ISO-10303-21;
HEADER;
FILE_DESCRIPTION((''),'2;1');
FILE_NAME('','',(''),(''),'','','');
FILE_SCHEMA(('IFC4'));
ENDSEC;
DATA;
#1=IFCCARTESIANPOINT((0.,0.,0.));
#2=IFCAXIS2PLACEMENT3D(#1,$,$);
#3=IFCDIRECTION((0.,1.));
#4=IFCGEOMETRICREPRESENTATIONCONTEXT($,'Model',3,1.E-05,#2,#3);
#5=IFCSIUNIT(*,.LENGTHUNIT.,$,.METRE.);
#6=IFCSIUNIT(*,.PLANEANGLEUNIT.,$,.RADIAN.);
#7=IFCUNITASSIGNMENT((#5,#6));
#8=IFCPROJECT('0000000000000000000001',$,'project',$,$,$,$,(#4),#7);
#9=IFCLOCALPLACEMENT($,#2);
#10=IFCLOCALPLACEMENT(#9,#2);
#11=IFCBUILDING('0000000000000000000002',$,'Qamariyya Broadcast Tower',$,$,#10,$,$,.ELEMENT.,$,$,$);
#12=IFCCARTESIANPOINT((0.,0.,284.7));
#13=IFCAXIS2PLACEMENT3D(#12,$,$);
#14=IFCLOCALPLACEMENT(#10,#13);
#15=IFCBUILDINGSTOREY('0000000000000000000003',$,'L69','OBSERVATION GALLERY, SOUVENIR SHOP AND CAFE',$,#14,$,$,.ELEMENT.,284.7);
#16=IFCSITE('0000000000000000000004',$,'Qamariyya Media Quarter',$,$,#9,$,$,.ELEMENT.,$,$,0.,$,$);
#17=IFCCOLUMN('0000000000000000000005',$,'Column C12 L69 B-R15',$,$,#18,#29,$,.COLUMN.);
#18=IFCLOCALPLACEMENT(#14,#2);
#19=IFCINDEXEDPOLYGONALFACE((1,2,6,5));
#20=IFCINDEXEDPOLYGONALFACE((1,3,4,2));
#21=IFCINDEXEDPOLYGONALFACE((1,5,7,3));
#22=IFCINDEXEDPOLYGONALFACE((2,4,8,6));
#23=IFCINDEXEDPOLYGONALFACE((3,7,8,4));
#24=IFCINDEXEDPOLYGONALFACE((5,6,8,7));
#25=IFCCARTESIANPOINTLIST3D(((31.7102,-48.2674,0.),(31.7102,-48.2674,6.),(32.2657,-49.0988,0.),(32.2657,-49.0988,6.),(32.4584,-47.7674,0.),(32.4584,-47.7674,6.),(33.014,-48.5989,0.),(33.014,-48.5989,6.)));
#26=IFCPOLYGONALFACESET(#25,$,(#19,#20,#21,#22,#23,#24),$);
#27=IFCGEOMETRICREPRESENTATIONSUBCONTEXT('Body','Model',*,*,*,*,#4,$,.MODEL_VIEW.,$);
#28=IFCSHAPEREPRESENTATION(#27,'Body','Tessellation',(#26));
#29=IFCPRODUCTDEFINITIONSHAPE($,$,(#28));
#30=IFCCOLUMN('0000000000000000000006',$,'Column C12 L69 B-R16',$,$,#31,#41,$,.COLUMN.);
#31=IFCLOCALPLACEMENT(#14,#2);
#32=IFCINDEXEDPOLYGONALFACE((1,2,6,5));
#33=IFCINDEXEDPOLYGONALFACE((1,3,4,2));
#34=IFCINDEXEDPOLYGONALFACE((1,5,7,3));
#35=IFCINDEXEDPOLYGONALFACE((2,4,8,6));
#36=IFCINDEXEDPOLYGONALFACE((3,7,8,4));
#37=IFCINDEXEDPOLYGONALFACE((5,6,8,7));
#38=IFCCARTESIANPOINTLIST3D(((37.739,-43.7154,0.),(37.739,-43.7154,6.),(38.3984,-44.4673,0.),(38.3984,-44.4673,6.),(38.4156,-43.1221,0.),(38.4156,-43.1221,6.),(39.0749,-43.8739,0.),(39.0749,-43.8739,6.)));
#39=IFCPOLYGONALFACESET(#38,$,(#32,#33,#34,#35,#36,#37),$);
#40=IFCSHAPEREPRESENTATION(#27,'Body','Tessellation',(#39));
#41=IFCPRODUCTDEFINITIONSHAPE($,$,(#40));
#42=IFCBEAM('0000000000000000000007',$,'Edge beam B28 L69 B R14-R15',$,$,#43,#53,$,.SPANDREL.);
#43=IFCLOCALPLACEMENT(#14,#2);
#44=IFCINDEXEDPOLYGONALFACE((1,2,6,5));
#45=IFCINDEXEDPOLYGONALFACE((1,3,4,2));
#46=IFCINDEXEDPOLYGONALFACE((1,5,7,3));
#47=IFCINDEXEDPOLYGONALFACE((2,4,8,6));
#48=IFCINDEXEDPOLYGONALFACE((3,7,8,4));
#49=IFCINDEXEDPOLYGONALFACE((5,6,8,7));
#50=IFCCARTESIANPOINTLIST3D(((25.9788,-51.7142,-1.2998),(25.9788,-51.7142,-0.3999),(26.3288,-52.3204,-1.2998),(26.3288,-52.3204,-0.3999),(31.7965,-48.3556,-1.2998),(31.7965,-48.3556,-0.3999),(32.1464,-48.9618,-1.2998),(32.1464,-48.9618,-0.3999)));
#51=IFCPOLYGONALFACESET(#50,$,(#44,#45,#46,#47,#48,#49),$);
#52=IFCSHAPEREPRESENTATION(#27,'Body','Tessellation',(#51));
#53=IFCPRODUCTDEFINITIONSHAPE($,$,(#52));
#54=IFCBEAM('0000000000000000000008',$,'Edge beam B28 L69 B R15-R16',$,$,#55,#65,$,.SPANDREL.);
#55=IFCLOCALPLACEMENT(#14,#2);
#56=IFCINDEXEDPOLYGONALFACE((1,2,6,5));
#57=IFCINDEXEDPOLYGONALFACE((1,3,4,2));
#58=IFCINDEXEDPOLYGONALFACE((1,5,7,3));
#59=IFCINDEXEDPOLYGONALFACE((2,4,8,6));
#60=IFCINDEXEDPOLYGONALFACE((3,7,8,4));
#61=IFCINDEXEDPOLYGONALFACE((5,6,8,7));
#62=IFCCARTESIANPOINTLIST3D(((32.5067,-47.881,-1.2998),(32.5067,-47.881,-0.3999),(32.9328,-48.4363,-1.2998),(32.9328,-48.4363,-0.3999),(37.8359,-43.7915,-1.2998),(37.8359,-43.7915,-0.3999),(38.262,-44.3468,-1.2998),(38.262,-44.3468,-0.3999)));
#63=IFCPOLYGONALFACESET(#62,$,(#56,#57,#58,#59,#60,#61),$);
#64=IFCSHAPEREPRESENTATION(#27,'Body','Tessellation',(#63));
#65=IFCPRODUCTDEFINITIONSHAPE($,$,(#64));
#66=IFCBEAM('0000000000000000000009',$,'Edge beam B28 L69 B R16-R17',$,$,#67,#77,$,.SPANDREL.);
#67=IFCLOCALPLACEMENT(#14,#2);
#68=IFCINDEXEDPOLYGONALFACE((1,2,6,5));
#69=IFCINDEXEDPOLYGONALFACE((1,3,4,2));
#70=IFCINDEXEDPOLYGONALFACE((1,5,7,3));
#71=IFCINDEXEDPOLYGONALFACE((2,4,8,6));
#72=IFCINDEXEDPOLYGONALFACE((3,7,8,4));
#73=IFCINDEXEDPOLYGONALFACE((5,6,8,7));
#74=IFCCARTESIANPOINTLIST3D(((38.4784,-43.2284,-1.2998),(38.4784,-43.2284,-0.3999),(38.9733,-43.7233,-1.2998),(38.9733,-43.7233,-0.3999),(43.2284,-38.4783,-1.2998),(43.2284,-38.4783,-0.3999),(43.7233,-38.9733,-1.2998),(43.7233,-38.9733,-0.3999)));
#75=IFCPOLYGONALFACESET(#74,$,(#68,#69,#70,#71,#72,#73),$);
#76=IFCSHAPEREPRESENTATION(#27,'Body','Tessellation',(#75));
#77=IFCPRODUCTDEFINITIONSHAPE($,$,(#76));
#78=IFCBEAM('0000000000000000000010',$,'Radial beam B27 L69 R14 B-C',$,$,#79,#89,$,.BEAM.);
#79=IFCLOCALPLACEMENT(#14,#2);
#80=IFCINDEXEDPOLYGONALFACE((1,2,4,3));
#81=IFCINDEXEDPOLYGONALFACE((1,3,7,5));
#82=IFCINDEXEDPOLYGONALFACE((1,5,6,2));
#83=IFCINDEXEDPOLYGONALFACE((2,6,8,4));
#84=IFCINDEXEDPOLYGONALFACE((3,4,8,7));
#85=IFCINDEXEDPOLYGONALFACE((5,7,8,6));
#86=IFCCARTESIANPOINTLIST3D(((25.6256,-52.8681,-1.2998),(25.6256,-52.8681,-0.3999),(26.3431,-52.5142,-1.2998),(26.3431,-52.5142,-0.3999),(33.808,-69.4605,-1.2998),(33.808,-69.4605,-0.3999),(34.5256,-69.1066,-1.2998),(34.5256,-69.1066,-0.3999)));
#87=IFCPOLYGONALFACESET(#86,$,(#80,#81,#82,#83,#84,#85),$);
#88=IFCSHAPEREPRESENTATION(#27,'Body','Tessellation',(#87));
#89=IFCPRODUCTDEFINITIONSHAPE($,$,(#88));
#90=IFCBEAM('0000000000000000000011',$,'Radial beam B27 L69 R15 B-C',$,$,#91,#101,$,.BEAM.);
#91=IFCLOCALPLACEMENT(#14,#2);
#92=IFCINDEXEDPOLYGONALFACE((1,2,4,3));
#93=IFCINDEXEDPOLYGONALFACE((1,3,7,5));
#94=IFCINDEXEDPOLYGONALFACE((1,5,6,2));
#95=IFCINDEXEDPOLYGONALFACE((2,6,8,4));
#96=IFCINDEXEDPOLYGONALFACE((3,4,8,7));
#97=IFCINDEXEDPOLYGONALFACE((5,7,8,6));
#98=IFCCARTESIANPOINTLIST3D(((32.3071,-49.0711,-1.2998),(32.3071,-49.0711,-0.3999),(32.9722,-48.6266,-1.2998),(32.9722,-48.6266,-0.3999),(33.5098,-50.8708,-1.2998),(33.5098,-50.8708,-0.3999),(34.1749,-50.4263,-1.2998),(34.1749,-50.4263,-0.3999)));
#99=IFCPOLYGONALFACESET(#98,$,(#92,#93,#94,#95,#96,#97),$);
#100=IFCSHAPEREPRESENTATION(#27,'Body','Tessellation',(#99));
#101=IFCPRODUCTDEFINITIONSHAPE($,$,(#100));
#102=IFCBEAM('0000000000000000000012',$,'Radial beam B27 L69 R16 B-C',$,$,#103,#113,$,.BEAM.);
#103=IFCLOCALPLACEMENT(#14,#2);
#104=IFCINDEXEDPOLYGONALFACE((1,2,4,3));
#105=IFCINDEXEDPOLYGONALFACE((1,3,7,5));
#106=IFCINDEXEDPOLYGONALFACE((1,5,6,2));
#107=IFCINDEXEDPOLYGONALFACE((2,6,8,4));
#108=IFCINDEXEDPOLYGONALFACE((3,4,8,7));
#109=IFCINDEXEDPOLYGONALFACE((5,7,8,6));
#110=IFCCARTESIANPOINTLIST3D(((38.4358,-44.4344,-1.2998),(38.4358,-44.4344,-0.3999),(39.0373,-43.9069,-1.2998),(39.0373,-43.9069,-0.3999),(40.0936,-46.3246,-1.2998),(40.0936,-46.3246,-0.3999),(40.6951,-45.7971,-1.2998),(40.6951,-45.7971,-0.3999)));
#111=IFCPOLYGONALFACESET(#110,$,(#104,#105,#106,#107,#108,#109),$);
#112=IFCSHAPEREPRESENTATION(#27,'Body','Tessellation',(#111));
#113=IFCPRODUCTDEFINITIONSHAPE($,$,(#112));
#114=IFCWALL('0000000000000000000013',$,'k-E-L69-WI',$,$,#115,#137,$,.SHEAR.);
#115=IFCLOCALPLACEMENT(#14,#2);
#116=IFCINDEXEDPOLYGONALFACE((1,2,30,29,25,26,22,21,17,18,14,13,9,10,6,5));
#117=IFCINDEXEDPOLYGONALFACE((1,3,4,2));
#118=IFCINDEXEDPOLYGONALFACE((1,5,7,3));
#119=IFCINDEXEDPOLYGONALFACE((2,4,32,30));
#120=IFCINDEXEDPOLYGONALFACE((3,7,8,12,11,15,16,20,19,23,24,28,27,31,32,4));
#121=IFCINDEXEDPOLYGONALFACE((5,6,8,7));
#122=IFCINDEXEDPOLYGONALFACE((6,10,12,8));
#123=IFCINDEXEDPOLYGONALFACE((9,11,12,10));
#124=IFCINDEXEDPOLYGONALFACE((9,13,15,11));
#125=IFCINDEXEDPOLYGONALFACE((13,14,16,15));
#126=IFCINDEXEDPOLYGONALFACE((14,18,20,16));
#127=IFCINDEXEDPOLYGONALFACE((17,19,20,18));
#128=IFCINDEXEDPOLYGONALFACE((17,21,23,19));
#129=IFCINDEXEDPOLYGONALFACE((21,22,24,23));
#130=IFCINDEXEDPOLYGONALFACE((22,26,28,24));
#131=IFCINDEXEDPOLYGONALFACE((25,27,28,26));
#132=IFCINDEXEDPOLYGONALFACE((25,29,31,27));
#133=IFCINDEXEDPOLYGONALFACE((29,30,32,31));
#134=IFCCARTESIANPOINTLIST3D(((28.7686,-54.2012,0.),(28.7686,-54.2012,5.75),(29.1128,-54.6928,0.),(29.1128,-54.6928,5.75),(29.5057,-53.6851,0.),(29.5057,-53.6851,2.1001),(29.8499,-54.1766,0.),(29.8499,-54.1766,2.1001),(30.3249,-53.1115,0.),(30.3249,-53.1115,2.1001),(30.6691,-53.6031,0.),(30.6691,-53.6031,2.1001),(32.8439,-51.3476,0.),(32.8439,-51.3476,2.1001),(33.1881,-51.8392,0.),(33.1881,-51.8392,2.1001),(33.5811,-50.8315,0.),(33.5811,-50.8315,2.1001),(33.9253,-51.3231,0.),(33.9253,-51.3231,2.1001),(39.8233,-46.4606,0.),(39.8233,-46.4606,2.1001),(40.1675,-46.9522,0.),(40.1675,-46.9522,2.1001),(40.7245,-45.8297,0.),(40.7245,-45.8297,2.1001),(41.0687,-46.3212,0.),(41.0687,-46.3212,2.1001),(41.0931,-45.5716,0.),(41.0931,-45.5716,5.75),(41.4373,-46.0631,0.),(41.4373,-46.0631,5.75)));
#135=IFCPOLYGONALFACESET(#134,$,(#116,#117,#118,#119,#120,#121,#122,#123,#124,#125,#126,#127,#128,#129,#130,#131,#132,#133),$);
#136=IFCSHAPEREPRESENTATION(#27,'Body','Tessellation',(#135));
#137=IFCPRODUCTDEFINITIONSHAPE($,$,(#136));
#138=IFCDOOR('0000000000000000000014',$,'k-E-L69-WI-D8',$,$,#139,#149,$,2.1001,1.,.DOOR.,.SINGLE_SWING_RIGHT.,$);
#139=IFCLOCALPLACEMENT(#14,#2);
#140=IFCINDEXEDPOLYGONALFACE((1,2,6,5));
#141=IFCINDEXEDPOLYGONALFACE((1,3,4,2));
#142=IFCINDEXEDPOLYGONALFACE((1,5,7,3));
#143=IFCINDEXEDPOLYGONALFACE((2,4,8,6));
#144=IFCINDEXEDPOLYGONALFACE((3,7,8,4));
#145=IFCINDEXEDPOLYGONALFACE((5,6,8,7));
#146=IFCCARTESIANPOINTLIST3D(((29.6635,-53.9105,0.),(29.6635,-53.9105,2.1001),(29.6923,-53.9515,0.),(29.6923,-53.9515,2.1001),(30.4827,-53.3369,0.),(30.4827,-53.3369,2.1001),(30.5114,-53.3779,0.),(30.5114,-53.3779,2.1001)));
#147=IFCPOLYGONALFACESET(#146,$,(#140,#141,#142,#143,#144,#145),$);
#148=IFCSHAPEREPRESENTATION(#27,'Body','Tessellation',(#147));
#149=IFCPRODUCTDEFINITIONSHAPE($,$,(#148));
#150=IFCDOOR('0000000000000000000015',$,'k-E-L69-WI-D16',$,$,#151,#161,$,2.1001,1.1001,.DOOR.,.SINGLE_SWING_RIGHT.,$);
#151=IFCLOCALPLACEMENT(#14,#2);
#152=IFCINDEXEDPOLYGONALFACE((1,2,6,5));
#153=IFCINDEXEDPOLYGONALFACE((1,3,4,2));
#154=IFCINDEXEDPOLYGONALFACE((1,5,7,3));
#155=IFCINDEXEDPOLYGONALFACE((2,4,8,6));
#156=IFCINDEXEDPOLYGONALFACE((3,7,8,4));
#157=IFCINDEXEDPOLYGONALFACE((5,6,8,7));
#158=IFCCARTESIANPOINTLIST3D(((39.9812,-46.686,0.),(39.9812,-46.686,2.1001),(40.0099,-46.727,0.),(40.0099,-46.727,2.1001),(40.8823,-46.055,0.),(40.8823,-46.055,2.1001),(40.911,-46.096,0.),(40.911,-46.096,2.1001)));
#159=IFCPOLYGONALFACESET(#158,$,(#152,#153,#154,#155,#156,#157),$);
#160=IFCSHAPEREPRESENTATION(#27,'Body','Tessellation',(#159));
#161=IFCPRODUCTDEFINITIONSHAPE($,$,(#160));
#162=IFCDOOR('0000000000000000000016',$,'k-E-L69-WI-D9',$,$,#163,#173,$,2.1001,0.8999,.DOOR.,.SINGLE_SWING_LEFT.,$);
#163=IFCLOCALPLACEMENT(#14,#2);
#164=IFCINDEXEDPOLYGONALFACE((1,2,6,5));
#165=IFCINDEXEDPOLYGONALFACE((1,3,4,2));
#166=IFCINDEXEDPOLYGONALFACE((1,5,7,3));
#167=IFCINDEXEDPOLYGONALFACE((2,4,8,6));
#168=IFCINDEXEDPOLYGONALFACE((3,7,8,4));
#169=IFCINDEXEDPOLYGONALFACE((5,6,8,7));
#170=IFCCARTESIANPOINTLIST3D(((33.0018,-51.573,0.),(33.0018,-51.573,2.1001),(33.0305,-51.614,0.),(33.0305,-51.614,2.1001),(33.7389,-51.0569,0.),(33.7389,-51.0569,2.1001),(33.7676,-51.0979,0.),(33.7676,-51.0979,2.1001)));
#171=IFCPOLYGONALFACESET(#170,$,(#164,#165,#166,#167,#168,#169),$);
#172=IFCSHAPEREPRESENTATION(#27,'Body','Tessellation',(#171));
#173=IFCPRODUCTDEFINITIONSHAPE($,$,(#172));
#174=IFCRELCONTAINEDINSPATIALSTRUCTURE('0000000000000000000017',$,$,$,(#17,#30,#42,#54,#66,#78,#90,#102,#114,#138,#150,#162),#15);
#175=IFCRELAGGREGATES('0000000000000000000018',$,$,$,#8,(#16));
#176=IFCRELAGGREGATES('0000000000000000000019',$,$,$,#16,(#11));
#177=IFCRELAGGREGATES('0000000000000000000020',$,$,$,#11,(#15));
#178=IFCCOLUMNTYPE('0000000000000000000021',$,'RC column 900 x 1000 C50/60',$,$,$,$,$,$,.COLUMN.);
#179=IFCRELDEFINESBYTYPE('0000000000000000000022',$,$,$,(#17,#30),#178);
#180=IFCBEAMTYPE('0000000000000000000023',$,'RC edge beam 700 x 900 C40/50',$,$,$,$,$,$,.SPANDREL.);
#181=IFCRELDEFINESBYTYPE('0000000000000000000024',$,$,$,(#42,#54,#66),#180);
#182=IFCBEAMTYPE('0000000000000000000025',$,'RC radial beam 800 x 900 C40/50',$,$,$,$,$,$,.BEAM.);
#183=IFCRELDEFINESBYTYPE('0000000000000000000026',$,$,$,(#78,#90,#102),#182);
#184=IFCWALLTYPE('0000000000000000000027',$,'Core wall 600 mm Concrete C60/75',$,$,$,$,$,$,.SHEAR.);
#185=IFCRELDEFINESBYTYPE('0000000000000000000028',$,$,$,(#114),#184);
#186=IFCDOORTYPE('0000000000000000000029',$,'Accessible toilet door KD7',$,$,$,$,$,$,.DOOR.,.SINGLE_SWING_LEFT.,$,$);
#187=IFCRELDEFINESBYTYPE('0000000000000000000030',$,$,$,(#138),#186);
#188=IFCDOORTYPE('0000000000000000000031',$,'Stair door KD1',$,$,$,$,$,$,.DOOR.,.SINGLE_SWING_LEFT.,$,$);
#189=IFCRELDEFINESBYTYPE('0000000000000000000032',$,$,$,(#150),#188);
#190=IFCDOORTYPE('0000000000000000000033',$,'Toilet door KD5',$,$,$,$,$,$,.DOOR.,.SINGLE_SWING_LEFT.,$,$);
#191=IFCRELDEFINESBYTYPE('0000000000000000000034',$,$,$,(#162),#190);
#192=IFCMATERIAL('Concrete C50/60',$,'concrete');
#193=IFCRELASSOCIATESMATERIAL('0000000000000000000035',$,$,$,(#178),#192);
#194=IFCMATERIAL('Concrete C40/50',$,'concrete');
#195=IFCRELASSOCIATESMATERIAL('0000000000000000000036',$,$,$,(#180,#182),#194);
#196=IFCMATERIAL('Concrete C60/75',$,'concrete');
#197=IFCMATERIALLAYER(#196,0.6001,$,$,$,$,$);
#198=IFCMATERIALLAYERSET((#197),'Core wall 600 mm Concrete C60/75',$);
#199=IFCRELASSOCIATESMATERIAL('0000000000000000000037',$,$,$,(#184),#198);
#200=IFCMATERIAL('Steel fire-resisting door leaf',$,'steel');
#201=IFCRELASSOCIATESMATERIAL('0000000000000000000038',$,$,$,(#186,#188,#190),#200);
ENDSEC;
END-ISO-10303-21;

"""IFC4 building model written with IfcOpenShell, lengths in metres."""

from ifc_helpers import new_model, si_unit, direction, frame, frame_2d, origin, origin_2d, place, context, subcontext, project, spatial, rectangle, extrude, material, layer, layer_set, material_profile, profile_set, type_object, element, fill, save


model = new_model("IFC4")

# Units and contexts
model_context = context("Model", 3, precision=1e-05, world=origin(), true_north=direction((0.0, 1.0)))
body_context = subcontext(model_context, "Body", "Model", "MODEL_VIEW")
ifc_project = project(units=[si_unit("LENGTHUNIT", "METRE"), si_unit("PLANEANGLEUNIT", "RADIAN")], contexts=[model_context])

# Site, building, storey
site_placement = place(None, origin())
site = spatial("IfcSite", under=ifc_project, at=site_placement, Name="Qamariyya Media Quarter", CompositionType="ELEMENT", RefElevation=0.0)
building_placement = place(site_placement, origin())
building = spatial("IfcBuilding", under=site, at=building_placement, Name="Qamariyya Broadcast Tower", CompositionType="ELEMENT")
storey_placement = place(building_placement, frame((0.0, 0.0, 284.7)))
storey = spatial("IfcBuildingStorey", under=building, at=storey_placement, Name="L69", Description="OBSERVATION GALLERY, SOUVENIR SHOP AND CAFE", CompositionType="ELEMENT", Elevation=284.7)

# Columns
ifc_material_1 = material(Name="Concrete C50/60", Category="concrete")
ifc_material_profile_1 = material_profile(ifc_material_1, rectangle(XDim=0.8999, YDim=1.0, at=origin_2d()))
ifc_profile_set_1 = profile_set([ifc_material_profile_1], Name="Concrete C50/60")
column_type = type_object("IfcColumnType", Name="RC column 900 x 1000 C50/60", PredefinedType="COLUMN", material=ifc_profile_set_1)
for number, where, z_axis, x_axis, name in (
    (1, (32.3621, -48.4331, 0.0), (0.0, 0.0, 1.0), (0.83147, 0.55557, 0.0), "Column C12 L69 B-R15"),
    (2, (38.407, -43.7947, 0.0), (0.0, 0.0, 1.0), (0.75184, 0.659346, 0.0), "Column C12 L69 B-R16"),
):
    element("IfcColumn", number, at=place(storey_placement, frame(where, z_axis=z_axis, x_axis=x_axis)), inside=storey, type_object=column_type, Name=name, PredefinedType="COLUMN", context=body_context, shape_type="SweptSolid", body=[
        extrude(rectangle(XDim=0.8999, YDim=1.0, at=origin_2d()), origin(), (0.0, 0.0, 1.0), 6.0),
    ])

# Beams
ifc_material_2 = material(Name="Concrete C40/50", Category="concrete")
ifc_material_profile_2 = material_profile(ifc_material_2, rectangle(XDim=0.7, YDim=0.8999, at=origin_2d()))
ifc_profile_set_2 = profile_set([ifc_material_profile_2], Name="Concrete C40/50")
beam_type_1 = type_object("IfcBeamType", Name="RC edge beam 700 x 900 C40/50", PredefinedType="SPANDREL", material=ifc_profile_set_2)
for number, where, z_axis, x_axis, name in (
    (3, (26.1538, -52.0173, -0.8499), (0.866036, 0.499981, 0.0), (-0.499981, 0.866036, 0.0), "Edge beam B28 L69 B R14-R15"),
    (4, (32.7197, -48.1587, -0.8499), (0.793335, 0.608785, 0.0), (-0.608785, 0.793335, 0.0), "Edge beam B28 L69 B R15-R16"),
    (5, (38.7258, -43.4758, -0.8499), (0.707107, 0.707107, 0.0), (-0.707107, 0.707107, 0.0), "Edge beam B28 L69 B R16-R17"),
):
    element("IfcBeam", number, at=place(storey_placement, frame(where, z_axis=z_axis, x_axis=x_axis)), inside=storey, type_object=beam_type_1, Name=name, PredefinedType="SPANDREL", context=body_context, shape_type="SweptSolid", body=[
        extrude(rectangle(XDim=0.7, YDim=0.8999, at=origin_2d()), origin(), (0.0, 0.0, 1.0), 6.7175),
    ])
ifc_material_profile_3 = material_profile(ifc_material_2, rectangle(XDim=0.8, YDim=0.8999, at=origin_2d()))
ifc_profile_set_3 = profile_set([ifc_material_profile_3], Name="Concrete C40/50")
beam_type_2 = type_object("IfcBeamType", Name="RC radial beam 800 x 900 C40/50", PredefinedType="BEAM", material=ifc_profile_set_3)
beam_1_placement = place(storey_placement, frame((25.9844, -52.6912, -0.8499), z_axis=(0.442287, -0.896874, 0.0), x_axis=(0.896874, 0.442287, 0.0)))
element("IfcBeam", 6, at=beam_1_placement, inside=storey, type_object=beam_type_2, Name="Radial beam B27 L69 R14 B-C", PredefinedType="BEAM", context=body_context, shape_type="SweptSolid", body=[
    extrude(rectangle(XDim=0.8, YDim=0.8999, at=origin_2d()), origin(), (0.0, 0.0, 1.0), 18.5002),
])
beam_2_placement = place(storey_placement, frame((32.6396, -48.8489, -0.8499), z_axis=(0.555637, -0.831425, 0.0), x_axis=(0.831425, 0.555637, 0.0)))
element("IfcBeam", 7, at=beam_2_placement, inside=storey, type_object=beam_type_2, Name="Radial beam B27 L69 R15 B-C", PredefinedType="BEAM", context=body_context, shape_type="SweptSolid", body=[
    extrude(rectangle(XDim=0.8, YDim=0.8999, at=origin_2d()), origin(), (0.0, 0.0, 1.0), 2.1646),
])
beam_3_placement = place(storey_placement, frame((38.7366, -44.1707, -0.8499), z_axis=(0.65937, -0.751818, 0.0), x_axis=(0.751818, 0.65937, 0.0)))
element("IfcBeam", 8, at=beam_3_placement, inside=storey, type_object=beam_type_2, Name="Radial beam B27 L69 R16 B-C", PredefinedType="BEAM", context=body_context, shape_type="SweptSolid", body=[
    extrude(rectangle(XDim=0.8, YDim=0.8999, at=origin_2d()), origin(), (0.0, 0.0, 1.0), 2.5142),
])

# Wall, openings, doors
ifc_material_3 = material(Name="Concrete C60/75", Category="concrete")
ifc_layer_1 = layer(ifc_material_3, 0.6001)
ifc_layer_set_1 = layer_set([ifc_layer_1], Name="Core wall 600 mm Concrete C60/75")
wall_type_1 = type_object("IfcWallType", Name="Core wall 600 mm Concrete C60/75", PredefinedType="SHEAR", material=ifc_layer_set_1)
wall_1_placement = place(storey_placement, frame((28.9407, -54.447, 0.0), z_axis=(0.0, 0.0, 1.0), x_axis=(0.819153, 0.573575, 0.0)))
wall_1 = element("IfcWall", 9, at=wall_1_placement, inside=storey, type_object=wall_type_1, Name="k-E-L69-WI", PredefinedType="SHEAR", context=body_context, shape_type="SweptSolid", body=[
    extrude(rectangle(XDim=15.0454, YDim=0.6001, at=frame_2d((7.5227, 0.0))), origin(), (0.0, 0.0, 1.0), 5.75),
])
opening_1_placement = place(wall_1_placement, frame((0.8999, 0.0, 0.0)))
opening_1 = element("IfcOpeningElement", 10, at=opening_1_placement, cuts=wall_1, PredefinedType="OPENING", context=body_context, shape_type="SweptSolid", body=[
    extrude(rectangle(XDim=1.0, YDim=2.1001, at=frame_2d((0.5, 1.05))), frame((0.0, 0.3101, 0.0), z_axis=(0.0, -1.0, 0.0), x_axis=(1.0, 0.0, 0.0)), (0.0, 0.0, 1.0), 0.6201),
])
opening_2_placement = place(wall_1_placement, frame((4.9751, 0.0, 0.0)))
opening_2 = element("IfcOpeningElement", 11, at=opening_2_placement, cuts=wall_1, PredefinedType="OPENING", context=body_context, shape_type="SweptSolid", body=[
    extrude(rectangle(XDim=0.8999, YDim=2.1001, at=frame_2d((0.45, 1.05))), frame((0.0, 0.3101, 0.0), z_axis=(0.0, -1.0, 0.0), x_axis=(1.0, 0.0, 0.0)), (0.0, 0.0, 1.0), 0.6201),
])
opening_3_placement = place(wall_1_placement, frame((13.4954, 0.0, 0.0)))
opening_3 = element("IfcOpeningElement", 12, at=opening_3_placement, cuts=wall_1, PredefinedType="OPENING", context=body_context, shape_type="SweptSolid", body=[
    extrude(rectangle(XDim=1.1001, YDim=2.1001, at=frame_2d((0.55, 1.05))), frame((0.0, 0.3101, 0.0), z_axis=(0.0, -1.0, 0.0), x_axis=(1.0, 0.0, 0.0)), (0.0, 0.0, 1.0), 0.6201),
])
ifc_material_4 = material(Name="Steel fire-resisting door leaf", Category="steel")
door_type_1 = type_object("IfcDoorType", Name="Accessible toilet door KD7", OperationType="SINGLE_SWING_LEFT", PredefinedType="DOOR", material=ifc_material_4)
door_1_placement = place(opening_1_placement, origin())
door_1 = element("IfcDoor", 13, at=door_1_placement, inside=storey, type_object=door_type_1, Name="k-E-L69-WI-D8", OperationType="SINGLE_SWING_RIGHT", OverallHeight=2.1001, OverallWidth=1.0, PredefinedType="DOOR", context=body_context, shape_type="SweptSolid", body=[
    extrude(rectangle(XDim=1.0, YDim=2.1001, at=frame_2d((0.5, 1.05))), frame((0.0, 0.0249, 0.0), z_axis=(0.0, -1.0, 0.0), x_axis=(1.0, 0.0, 0.0)), (0.0, 0.0, 1.0), 0.05),
])
fill(opening_1, door_1)
door_type_2 = type_object("IfcDoorType", Name="Stair door KD1", OperationType="SINGLE_SWING_LEFT", PredefinedType="DOOR", material=ifc_material_4)
door_2_placement = place(opening_3_placement, origin())
door_2 = element("IfcDoor", 14, at=door_2_placement, inside=storey, type_object=door_type_2, Name="k-E-L69-WI-D16", OperationType="SINGLE_SWING_RIGHT", OverallHeight=2.1001, OverallWidth=1.1001, PredefinedType="DOOR", context=body_context, shape_type="SweptSolid", body=[
    extrude(rectangle(XDim=1.1001, YDim=2.1001, at=frame_2d((0.55, 1.05))), frame((0.0, 0.0249, 0.0), z_axis=(0.0, -1.0, 0.0), x_axis=(1.0, 0.0, 0.0)), (0.0, 0.0, 1.0), 0.05),
])
fill(opening_3, door_2)
door_type_3 = type_object("IfcDoorType", Name="Toilet door KD5", OperationType="SINGLE_SWING_LEFT", PredefinedType="DOOR", material=ifc_material_4)
door_3_placement = place(opening_2_placement, origin())
door_3 = element("IfcDoor", 15, at=door_3_placement, inside=storey, type_object=door_type_3, Name="k-E-L69-WI-D9", OperationType="SINGLE_SWING_LEFT", OverallHeight=2.1001, OverallWidth=0.8999, PredefinedType="DOOR", context=body_context, shape_type="SweptSolid", body=[
    extrude(rectangle(XDim=0.8999, YDim=2.1001, at=frame_2d((0.45, 1.05))), frame((0.0, 0.0249, 0.0), z_axis=(0.0, -1.0, 0.0), x_axis=(1.0, 0.0, 0.0)), (0.0, 0.0, 1.0), 0.05),
])
fill(opening_2, door_3)

save(model, "model.ifc")
